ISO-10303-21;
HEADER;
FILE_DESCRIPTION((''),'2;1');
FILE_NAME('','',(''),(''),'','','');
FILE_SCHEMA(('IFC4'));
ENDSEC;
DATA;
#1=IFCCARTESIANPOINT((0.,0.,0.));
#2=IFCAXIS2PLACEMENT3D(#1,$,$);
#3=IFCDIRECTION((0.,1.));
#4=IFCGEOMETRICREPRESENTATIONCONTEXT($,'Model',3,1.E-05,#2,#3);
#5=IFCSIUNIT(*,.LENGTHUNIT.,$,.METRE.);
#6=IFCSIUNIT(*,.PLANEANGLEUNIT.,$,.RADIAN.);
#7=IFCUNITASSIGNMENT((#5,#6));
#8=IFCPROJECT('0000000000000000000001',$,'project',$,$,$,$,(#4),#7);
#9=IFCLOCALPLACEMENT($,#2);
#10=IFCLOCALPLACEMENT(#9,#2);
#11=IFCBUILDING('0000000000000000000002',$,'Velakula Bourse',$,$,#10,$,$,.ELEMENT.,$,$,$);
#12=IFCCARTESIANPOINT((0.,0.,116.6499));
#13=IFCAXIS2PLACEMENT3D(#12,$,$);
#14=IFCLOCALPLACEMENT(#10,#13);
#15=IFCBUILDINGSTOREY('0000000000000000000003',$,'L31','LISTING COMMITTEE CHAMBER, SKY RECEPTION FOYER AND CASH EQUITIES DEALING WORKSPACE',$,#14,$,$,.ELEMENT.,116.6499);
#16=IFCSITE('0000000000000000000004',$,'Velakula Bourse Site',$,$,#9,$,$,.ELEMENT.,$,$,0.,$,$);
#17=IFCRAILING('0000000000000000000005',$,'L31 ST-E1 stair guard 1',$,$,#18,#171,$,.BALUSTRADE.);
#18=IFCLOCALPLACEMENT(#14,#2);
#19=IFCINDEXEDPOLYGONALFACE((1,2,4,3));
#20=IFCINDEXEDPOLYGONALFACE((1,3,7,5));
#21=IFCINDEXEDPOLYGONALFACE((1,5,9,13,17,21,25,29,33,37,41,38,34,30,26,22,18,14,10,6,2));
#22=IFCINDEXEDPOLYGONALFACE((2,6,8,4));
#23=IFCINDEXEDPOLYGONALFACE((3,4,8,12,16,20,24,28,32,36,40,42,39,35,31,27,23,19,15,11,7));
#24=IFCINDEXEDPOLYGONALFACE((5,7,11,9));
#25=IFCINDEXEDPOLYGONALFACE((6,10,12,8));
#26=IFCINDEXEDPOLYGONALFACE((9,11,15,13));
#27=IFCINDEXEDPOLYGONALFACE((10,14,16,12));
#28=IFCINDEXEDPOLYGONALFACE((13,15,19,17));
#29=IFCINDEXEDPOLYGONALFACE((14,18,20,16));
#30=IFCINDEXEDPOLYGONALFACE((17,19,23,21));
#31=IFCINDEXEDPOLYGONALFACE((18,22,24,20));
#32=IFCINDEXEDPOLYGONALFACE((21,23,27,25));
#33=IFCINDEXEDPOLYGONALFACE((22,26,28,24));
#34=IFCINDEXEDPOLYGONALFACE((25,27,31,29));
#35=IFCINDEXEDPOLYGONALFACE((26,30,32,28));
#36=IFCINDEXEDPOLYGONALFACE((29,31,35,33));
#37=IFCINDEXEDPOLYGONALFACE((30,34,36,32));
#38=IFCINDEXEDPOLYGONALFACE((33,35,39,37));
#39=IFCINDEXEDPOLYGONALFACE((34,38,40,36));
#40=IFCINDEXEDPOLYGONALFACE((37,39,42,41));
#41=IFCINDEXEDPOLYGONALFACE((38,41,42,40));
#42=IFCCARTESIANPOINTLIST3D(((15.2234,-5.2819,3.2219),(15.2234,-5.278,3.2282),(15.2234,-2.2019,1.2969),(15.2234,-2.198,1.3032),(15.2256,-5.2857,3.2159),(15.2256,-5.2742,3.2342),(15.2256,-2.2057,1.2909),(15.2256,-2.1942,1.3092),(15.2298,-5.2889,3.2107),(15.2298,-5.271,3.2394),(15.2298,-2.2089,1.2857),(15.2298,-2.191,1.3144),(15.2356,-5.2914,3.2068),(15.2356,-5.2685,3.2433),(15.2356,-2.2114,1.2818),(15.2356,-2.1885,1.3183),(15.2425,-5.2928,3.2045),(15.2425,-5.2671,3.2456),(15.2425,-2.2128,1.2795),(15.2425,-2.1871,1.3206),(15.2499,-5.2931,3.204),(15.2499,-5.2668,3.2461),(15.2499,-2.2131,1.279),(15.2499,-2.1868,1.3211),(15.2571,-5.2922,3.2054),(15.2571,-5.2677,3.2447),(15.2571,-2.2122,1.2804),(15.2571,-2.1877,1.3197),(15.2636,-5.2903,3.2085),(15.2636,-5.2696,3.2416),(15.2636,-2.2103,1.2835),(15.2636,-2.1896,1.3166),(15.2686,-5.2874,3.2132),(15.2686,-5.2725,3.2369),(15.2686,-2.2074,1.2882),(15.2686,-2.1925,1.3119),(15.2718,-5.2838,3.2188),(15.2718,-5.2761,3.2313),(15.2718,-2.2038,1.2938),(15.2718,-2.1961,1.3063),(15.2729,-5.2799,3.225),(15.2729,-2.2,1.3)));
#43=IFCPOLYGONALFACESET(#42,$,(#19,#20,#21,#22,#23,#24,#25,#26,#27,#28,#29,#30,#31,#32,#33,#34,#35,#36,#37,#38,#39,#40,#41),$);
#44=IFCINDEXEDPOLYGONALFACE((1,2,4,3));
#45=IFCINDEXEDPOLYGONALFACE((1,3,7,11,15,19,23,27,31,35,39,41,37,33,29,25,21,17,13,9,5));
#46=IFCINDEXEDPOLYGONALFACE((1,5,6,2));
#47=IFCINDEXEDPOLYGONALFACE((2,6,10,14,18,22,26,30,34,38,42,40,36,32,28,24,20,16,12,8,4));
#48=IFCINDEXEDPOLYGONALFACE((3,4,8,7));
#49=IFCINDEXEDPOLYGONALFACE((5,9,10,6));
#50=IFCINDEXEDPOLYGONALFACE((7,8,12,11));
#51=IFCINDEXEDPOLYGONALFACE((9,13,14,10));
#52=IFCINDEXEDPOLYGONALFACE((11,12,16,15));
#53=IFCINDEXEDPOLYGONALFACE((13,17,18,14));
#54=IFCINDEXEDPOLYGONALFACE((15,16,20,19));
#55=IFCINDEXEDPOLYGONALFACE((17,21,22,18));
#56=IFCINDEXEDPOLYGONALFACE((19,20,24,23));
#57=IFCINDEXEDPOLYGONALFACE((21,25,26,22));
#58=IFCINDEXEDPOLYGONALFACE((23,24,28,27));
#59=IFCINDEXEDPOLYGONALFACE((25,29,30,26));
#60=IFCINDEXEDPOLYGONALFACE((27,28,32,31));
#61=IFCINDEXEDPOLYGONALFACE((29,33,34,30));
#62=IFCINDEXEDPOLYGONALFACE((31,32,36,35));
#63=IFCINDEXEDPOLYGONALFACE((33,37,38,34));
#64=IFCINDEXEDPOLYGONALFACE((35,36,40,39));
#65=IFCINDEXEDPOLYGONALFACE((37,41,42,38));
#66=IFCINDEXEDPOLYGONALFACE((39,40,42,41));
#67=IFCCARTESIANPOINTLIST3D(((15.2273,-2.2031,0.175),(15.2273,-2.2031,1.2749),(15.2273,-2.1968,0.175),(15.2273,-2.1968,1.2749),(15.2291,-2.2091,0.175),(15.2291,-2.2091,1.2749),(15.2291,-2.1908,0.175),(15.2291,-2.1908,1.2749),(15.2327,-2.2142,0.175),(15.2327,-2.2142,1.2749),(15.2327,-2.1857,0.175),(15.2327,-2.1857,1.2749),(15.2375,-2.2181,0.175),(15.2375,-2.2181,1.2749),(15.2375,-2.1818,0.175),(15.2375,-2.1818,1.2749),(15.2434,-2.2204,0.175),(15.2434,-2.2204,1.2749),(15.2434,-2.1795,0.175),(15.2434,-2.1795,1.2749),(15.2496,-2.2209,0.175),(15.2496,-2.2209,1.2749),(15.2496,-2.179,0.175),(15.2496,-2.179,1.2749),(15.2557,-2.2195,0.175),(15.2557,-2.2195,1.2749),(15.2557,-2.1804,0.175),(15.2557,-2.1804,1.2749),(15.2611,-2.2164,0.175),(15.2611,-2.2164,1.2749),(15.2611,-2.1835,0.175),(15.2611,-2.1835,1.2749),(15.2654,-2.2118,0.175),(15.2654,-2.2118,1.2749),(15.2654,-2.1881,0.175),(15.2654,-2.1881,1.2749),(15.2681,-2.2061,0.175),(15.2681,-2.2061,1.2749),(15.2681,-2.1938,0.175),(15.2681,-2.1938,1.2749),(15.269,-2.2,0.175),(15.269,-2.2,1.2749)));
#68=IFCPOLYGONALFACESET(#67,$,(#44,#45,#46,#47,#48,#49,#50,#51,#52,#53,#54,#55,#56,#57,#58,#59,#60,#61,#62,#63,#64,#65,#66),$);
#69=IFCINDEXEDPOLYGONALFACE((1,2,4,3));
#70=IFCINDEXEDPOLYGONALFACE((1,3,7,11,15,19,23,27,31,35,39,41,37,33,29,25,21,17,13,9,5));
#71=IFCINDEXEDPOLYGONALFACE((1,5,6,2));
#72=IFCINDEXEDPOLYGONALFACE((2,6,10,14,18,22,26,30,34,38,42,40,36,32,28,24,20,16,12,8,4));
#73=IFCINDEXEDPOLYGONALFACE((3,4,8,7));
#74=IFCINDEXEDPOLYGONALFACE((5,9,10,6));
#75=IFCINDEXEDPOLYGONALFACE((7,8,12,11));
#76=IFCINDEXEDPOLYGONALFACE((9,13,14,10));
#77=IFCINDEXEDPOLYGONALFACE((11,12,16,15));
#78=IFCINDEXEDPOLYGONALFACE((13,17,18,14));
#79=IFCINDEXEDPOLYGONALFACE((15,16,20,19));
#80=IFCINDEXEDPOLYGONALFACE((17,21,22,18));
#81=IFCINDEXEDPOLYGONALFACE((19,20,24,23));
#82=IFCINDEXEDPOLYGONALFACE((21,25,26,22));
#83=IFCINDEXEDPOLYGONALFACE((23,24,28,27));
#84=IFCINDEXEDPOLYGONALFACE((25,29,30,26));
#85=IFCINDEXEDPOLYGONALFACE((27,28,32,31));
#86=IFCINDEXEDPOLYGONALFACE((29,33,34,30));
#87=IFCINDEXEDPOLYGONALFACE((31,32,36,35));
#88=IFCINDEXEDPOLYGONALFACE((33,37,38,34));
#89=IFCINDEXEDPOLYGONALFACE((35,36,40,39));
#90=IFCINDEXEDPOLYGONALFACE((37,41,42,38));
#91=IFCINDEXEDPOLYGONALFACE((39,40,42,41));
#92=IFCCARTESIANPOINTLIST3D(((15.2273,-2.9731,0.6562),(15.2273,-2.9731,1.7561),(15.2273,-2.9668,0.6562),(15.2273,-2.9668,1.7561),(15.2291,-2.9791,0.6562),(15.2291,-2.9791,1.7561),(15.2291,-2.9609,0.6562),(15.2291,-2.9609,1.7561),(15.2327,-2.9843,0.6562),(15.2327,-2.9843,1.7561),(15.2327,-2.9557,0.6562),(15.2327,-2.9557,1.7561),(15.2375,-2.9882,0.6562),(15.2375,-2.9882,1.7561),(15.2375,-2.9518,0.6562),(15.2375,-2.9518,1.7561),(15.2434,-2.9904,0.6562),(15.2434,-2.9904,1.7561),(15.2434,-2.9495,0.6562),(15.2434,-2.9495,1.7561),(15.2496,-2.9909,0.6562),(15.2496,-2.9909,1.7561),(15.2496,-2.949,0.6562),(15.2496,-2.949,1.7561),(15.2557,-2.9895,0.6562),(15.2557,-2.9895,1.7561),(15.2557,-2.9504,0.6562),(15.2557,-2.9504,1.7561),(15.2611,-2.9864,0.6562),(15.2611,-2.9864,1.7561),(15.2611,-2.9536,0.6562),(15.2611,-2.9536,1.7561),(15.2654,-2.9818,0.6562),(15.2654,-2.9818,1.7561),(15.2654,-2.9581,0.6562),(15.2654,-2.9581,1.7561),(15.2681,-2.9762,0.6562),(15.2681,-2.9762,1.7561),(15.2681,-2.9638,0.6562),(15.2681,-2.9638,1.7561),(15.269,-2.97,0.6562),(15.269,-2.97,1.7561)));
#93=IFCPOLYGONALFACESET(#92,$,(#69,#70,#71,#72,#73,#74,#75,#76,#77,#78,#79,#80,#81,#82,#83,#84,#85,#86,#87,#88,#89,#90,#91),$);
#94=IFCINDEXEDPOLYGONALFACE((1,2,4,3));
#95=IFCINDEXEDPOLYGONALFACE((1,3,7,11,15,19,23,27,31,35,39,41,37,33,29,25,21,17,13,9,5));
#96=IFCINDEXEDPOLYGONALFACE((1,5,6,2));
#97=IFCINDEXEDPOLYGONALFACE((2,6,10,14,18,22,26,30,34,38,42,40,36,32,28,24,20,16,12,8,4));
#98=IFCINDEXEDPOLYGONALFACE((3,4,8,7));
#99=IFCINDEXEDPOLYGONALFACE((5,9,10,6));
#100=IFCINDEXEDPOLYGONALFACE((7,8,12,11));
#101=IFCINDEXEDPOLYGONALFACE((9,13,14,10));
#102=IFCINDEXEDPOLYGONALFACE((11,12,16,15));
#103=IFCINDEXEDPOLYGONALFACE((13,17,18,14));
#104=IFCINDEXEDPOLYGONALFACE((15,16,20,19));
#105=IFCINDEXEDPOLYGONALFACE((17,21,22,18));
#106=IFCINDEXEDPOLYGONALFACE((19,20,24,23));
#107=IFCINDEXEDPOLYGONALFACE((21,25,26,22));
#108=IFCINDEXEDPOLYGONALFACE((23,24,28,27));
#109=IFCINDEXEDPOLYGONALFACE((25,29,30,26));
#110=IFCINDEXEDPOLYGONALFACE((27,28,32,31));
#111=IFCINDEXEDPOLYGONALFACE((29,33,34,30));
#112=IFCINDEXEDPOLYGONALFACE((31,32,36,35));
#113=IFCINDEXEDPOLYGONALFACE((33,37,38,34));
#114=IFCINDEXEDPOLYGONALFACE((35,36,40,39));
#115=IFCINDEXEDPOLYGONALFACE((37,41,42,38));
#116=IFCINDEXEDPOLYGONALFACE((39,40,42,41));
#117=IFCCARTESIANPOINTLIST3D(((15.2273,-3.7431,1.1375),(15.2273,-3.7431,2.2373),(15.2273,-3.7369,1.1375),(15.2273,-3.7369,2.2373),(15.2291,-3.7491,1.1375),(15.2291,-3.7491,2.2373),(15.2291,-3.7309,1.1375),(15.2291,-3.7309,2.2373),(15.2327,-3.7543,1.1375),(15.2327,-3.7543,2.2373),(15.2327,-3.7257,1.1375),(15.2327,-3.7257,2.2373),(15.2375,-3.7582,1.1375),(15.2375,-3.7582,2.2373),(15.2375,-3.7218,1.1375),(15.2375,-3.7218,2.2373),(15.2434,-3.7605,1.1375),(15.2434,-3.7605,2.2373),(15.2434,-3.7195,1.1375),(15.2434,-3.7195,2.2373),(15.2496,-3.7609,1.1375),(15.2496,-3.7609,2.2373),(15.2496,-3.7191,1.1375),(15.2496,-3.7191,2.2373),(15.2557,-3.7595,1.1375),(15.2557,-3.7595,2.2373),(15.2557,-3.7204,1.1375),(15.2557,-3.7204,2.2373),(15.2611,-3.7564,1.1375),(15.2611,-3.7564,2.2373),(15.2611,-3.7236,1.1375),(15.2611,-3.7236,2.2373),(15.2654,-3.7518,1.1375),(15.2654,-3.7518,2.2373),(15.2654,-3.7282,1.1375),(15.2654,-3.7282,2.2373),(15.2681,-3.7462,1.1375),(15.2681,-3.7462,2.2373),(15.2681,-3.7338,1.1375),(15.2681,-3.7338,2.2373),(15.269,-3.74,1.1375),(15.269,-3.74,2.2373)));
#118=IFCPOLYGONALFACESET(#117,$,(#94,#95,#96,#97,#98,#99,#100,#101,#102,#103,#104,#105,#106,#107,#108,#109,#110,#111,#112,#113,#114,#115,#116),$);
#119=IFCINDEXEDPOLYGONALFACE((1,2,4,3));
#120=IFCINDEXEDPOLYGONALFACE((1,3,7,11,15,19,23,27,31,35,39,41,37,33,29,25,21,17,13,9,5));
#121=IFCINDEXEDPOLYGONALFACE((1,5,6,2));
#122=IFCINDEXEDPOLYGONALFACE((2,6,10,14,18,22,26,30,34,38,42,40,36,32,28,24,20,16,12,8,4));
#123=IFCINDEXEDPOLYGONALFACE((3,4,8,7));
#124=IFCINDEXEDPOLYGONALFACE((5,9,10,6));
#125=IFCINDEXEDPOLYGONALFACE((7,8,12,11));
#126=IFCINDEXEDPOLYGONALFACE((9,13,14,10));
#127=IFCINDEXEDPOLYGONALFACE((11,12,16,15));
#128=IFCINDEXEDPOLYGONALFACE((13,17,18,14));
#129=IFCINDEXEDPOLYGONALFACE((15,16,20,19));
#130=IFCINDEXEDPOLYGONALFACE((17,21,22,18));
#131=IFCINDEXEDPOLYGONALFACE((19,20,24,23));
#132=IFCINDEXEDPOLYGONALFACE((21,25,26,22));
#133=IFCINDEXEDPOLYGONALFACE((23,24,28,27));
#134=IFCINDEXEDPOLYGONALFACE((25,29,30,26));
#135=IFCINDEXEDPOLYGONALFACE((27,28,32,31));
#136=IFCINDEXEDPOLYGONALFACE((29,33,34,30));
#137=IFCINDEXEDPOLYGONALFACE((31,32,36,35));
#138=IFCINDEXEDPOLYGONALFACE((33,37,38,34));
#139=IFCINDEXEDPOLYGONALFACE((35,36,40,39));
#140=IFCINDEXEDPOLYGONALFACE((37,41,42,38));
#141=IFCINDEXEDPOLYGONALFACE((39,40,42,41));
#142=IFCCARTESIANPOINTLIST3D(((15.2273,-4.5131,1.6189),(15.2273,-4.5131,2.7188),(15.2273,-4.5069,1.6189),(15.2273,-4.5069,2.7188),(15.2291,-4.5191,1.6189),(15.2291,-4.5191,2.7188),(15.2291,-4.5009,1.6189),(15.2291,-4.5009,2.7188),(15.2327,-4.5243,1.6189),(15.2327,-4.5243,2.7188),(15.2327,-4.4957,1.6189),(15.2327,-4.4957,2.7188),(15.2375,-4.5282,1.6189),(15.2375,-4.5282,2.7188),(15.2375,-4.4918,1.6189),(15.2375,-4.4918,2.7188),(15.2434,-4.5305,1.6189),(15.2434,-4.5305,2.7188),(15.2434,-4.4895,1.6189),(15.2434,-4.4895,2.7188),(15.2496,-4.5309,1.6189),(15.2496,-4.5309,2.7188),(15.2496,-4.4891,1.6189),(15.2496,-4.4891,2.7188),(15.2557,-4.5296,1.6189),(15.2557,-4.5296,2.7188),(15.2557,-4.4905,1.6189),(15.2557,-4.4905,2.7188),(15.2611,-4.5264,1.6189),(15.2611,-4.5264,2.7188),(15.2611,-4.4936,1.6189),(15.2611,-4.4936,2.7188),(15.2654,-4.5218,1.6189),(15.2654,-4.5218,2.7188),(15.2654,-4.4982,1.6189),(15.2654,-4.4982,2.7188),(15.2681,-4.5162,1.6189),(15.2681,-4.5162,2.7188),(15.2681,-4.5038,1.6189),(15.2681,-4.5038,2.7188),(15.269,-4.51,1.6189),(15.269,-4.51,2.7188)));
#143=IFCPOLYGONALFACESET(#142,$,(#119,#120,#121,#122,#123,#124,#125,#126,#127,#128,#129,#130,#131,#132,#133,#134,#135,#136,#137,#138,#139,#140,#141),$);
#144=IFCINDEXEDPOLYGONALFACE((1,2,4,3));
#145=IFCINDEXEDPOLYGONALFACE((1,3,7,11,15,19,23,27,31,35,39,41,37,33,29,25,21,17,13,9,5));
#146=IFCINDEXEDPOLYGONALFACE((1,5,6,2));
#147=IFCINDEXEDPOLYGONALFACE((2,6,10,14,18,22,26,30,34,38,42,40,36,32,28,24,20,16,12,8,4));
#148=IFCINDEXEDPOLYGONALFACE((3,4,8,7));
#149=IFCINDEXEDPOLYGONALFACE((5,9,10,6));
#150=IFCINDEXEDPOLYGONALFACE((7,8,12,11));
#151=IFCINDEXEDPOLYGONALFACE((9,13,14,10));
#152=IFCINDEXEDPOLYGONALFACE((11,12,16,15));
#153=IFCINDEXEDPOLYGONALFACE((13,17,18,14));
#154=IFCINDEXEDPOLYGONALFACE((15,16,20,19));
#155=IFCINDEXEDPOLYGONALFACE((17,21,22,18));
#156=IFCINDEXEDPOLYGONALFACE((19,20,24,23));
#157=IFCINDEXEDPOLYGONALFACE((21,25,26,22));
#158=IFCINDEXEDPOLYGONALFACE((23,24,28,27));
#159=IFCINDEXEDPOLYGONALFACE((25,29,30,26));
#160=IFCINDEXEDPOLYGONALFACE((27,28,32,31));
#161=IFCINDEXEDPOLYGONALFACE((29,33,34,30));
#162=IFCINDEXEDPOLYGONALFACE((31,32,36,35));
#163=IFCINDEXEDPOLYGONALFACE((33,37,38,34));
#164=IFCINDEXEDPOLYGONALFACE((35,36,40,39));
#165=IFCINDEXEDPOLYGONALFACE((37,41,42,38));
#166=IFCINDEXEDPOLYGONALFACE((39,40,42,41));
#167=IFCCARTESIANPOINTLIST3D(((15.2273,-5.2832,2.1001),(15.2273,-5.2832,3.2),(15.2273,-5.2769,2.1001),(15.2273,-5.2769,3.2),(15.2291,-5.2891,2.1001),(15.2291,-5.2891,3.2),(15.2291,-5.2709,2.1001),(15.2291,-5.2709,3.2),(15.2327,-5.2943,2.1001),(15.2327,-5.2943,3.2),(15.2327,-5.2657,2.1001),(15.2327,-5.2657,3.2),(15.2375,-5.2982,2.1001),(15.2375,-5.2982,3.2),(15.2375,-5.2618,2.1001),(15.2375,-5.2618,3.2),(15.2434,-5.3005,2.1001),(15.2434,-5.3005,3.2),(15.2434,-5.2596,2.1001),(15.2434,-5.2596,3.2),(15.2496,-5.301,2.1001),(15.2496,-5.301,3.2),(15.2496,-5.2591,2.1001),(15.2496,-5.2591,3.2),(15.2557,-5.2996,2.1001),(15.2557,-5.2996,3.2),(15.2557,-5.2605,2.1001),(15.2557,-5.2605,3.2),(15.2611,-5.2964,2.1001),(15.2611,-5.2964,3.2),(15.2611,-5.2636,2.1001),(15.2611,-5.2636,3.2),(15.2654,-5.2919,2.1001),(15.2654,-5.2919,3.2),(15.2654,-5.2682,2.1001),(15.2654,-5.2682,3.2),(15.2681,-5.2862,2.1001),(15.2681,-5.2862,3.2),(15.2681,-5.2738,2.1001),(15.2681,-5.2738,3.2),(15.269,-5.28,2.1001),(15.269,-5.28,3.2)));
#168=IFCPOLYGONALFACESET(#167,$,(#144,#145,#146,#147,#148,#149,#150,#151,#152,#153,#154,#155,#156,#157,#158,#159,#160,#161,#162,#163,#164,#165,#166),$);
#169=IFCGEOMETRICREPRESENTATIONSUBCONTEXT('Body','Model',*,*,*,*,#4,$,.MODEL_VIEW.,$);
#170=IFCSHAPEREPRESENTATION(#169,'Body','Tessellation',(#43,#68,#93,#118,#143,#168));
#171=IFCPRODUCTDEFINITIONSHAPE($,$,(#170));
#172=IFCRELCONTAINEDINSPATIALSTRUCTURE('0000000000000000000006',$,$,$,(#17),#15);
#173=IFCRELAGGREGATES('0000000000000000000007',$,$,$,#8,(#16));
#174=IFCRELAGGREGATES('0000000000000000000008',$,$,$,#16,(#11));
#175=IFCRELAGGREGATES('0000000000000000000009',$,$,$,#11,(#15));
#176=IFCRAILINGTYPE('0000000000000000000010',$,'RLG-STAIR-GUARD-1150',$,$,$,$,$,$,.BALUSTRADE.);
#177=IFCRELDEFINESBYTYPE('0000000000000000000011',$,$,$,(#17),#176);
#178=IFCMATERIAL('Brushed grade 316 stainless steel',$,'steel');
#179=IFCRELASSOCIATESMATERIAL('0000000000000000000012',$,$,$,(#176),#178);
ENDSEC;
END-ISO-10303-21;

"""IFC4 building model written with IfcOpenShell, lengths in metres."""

from ifc_helpers import new_model, si_unit, direction, frame, origin, origin_2d, place, context, subcontext, project, spatial, circle, extrude, material, type_object, element, save


model = new_model("IFC4")

# Units and contexts
model_context = context("Model", 3, precision=1e-05, world=origin(), true_north=direction((0.0, 1.0)))
body_context = subcontext(model_context, "Body", "Model", "MODEL_VIEW")
ifc_project = project(units=[si_unit("LENGTHUNIT", "METRE"), si_unit("PLANEANGLEUNIT", "RADIAN")], contexts=[model_context])

# Site, building, storey
site_placement = place(None, origin())
site = spatial("IfcSite", under=ifc_project, at=site_placement, Name="Velakula Bourse Site", CompositionType="ELEMENT", RefElevation=0.0)
building_placement = place(site_placement, origin())
building = spatial("IfcBuilding", under=site, at=building_placement, Name="Velakula Bourse", CompositionType="ELEMENT")
storey_placement = place(building_placement, frame((0.0, 0.0, 116.6499)))
storey = spatial("IfcBuildingStorey", under=building, at=storey_placement, Name="L31", Description="LISTING COMMITTEE CHAMBER, SKY RECEPTION FOYER AND CASH EQUITIES DEALING WORKSPACE", CompositionType="ELEMENT", Elevation=116.6499)

# Shared definitions
ifc_material_1 = material(Name="Brushed grade 316 stainless steel", Category="steel")

# Railing
railing_type_1 = type_object("IfcRailingType", Name="RLG-STAIR-GUARD-1150", PredefinedType="BALUSTRADE", material=ifc_material_1)
railing_1_placement = place(storey_placement, frame((15.248, -2.2, 0.175)))
element("IfcRailing", 1, at=railing_1_placement, inside=storey, type_object=railing_type_1, Name="L31 ST-E1 stair guard 1", PredefinedType="BALUSTRADE", context=body_context, shape_type="SweptSolid", body=[
    extrude(circle(Radius=0.0249, at=origin_2d()), frame((0.0, 0.0, 1.125), z_axis=(0.0, -0.847998, 0.529999), x_axis=(1.0, 0.0, 0.0)), (0.0, 0.0, 1.0), 3.6321),
    extrude(circle(Radius=0.021, at=origin_2d()), origin(), (0.0, 0.0, 1.0), 1.0999),
    extrude(circle(Radius=0.021, at=origin_2d()), frame((0.0, -0.77, 0.4812)), (0.0, 0.0, 1.0), 1.0999),
    extrude(circle(Radius=0.021, at=origin_2d()), frame((0.0, -1.54, 0.9624)), (0.0, 0.0, 1.0), 1.0999),
    extrude(circle(Radius=0.021, at=origin_2d()), frame((0.0, -2.3101, 1.4438)), (0.0, 0.0, 1.0), 1.0999),
    extrude(circle(Radius=0.021, at=origin_2d()), frame((0.0, -3.0801, 1.925)), (0.0, 0.0, 1.0), 1.0999),
])

save(model, "model.ifc")
